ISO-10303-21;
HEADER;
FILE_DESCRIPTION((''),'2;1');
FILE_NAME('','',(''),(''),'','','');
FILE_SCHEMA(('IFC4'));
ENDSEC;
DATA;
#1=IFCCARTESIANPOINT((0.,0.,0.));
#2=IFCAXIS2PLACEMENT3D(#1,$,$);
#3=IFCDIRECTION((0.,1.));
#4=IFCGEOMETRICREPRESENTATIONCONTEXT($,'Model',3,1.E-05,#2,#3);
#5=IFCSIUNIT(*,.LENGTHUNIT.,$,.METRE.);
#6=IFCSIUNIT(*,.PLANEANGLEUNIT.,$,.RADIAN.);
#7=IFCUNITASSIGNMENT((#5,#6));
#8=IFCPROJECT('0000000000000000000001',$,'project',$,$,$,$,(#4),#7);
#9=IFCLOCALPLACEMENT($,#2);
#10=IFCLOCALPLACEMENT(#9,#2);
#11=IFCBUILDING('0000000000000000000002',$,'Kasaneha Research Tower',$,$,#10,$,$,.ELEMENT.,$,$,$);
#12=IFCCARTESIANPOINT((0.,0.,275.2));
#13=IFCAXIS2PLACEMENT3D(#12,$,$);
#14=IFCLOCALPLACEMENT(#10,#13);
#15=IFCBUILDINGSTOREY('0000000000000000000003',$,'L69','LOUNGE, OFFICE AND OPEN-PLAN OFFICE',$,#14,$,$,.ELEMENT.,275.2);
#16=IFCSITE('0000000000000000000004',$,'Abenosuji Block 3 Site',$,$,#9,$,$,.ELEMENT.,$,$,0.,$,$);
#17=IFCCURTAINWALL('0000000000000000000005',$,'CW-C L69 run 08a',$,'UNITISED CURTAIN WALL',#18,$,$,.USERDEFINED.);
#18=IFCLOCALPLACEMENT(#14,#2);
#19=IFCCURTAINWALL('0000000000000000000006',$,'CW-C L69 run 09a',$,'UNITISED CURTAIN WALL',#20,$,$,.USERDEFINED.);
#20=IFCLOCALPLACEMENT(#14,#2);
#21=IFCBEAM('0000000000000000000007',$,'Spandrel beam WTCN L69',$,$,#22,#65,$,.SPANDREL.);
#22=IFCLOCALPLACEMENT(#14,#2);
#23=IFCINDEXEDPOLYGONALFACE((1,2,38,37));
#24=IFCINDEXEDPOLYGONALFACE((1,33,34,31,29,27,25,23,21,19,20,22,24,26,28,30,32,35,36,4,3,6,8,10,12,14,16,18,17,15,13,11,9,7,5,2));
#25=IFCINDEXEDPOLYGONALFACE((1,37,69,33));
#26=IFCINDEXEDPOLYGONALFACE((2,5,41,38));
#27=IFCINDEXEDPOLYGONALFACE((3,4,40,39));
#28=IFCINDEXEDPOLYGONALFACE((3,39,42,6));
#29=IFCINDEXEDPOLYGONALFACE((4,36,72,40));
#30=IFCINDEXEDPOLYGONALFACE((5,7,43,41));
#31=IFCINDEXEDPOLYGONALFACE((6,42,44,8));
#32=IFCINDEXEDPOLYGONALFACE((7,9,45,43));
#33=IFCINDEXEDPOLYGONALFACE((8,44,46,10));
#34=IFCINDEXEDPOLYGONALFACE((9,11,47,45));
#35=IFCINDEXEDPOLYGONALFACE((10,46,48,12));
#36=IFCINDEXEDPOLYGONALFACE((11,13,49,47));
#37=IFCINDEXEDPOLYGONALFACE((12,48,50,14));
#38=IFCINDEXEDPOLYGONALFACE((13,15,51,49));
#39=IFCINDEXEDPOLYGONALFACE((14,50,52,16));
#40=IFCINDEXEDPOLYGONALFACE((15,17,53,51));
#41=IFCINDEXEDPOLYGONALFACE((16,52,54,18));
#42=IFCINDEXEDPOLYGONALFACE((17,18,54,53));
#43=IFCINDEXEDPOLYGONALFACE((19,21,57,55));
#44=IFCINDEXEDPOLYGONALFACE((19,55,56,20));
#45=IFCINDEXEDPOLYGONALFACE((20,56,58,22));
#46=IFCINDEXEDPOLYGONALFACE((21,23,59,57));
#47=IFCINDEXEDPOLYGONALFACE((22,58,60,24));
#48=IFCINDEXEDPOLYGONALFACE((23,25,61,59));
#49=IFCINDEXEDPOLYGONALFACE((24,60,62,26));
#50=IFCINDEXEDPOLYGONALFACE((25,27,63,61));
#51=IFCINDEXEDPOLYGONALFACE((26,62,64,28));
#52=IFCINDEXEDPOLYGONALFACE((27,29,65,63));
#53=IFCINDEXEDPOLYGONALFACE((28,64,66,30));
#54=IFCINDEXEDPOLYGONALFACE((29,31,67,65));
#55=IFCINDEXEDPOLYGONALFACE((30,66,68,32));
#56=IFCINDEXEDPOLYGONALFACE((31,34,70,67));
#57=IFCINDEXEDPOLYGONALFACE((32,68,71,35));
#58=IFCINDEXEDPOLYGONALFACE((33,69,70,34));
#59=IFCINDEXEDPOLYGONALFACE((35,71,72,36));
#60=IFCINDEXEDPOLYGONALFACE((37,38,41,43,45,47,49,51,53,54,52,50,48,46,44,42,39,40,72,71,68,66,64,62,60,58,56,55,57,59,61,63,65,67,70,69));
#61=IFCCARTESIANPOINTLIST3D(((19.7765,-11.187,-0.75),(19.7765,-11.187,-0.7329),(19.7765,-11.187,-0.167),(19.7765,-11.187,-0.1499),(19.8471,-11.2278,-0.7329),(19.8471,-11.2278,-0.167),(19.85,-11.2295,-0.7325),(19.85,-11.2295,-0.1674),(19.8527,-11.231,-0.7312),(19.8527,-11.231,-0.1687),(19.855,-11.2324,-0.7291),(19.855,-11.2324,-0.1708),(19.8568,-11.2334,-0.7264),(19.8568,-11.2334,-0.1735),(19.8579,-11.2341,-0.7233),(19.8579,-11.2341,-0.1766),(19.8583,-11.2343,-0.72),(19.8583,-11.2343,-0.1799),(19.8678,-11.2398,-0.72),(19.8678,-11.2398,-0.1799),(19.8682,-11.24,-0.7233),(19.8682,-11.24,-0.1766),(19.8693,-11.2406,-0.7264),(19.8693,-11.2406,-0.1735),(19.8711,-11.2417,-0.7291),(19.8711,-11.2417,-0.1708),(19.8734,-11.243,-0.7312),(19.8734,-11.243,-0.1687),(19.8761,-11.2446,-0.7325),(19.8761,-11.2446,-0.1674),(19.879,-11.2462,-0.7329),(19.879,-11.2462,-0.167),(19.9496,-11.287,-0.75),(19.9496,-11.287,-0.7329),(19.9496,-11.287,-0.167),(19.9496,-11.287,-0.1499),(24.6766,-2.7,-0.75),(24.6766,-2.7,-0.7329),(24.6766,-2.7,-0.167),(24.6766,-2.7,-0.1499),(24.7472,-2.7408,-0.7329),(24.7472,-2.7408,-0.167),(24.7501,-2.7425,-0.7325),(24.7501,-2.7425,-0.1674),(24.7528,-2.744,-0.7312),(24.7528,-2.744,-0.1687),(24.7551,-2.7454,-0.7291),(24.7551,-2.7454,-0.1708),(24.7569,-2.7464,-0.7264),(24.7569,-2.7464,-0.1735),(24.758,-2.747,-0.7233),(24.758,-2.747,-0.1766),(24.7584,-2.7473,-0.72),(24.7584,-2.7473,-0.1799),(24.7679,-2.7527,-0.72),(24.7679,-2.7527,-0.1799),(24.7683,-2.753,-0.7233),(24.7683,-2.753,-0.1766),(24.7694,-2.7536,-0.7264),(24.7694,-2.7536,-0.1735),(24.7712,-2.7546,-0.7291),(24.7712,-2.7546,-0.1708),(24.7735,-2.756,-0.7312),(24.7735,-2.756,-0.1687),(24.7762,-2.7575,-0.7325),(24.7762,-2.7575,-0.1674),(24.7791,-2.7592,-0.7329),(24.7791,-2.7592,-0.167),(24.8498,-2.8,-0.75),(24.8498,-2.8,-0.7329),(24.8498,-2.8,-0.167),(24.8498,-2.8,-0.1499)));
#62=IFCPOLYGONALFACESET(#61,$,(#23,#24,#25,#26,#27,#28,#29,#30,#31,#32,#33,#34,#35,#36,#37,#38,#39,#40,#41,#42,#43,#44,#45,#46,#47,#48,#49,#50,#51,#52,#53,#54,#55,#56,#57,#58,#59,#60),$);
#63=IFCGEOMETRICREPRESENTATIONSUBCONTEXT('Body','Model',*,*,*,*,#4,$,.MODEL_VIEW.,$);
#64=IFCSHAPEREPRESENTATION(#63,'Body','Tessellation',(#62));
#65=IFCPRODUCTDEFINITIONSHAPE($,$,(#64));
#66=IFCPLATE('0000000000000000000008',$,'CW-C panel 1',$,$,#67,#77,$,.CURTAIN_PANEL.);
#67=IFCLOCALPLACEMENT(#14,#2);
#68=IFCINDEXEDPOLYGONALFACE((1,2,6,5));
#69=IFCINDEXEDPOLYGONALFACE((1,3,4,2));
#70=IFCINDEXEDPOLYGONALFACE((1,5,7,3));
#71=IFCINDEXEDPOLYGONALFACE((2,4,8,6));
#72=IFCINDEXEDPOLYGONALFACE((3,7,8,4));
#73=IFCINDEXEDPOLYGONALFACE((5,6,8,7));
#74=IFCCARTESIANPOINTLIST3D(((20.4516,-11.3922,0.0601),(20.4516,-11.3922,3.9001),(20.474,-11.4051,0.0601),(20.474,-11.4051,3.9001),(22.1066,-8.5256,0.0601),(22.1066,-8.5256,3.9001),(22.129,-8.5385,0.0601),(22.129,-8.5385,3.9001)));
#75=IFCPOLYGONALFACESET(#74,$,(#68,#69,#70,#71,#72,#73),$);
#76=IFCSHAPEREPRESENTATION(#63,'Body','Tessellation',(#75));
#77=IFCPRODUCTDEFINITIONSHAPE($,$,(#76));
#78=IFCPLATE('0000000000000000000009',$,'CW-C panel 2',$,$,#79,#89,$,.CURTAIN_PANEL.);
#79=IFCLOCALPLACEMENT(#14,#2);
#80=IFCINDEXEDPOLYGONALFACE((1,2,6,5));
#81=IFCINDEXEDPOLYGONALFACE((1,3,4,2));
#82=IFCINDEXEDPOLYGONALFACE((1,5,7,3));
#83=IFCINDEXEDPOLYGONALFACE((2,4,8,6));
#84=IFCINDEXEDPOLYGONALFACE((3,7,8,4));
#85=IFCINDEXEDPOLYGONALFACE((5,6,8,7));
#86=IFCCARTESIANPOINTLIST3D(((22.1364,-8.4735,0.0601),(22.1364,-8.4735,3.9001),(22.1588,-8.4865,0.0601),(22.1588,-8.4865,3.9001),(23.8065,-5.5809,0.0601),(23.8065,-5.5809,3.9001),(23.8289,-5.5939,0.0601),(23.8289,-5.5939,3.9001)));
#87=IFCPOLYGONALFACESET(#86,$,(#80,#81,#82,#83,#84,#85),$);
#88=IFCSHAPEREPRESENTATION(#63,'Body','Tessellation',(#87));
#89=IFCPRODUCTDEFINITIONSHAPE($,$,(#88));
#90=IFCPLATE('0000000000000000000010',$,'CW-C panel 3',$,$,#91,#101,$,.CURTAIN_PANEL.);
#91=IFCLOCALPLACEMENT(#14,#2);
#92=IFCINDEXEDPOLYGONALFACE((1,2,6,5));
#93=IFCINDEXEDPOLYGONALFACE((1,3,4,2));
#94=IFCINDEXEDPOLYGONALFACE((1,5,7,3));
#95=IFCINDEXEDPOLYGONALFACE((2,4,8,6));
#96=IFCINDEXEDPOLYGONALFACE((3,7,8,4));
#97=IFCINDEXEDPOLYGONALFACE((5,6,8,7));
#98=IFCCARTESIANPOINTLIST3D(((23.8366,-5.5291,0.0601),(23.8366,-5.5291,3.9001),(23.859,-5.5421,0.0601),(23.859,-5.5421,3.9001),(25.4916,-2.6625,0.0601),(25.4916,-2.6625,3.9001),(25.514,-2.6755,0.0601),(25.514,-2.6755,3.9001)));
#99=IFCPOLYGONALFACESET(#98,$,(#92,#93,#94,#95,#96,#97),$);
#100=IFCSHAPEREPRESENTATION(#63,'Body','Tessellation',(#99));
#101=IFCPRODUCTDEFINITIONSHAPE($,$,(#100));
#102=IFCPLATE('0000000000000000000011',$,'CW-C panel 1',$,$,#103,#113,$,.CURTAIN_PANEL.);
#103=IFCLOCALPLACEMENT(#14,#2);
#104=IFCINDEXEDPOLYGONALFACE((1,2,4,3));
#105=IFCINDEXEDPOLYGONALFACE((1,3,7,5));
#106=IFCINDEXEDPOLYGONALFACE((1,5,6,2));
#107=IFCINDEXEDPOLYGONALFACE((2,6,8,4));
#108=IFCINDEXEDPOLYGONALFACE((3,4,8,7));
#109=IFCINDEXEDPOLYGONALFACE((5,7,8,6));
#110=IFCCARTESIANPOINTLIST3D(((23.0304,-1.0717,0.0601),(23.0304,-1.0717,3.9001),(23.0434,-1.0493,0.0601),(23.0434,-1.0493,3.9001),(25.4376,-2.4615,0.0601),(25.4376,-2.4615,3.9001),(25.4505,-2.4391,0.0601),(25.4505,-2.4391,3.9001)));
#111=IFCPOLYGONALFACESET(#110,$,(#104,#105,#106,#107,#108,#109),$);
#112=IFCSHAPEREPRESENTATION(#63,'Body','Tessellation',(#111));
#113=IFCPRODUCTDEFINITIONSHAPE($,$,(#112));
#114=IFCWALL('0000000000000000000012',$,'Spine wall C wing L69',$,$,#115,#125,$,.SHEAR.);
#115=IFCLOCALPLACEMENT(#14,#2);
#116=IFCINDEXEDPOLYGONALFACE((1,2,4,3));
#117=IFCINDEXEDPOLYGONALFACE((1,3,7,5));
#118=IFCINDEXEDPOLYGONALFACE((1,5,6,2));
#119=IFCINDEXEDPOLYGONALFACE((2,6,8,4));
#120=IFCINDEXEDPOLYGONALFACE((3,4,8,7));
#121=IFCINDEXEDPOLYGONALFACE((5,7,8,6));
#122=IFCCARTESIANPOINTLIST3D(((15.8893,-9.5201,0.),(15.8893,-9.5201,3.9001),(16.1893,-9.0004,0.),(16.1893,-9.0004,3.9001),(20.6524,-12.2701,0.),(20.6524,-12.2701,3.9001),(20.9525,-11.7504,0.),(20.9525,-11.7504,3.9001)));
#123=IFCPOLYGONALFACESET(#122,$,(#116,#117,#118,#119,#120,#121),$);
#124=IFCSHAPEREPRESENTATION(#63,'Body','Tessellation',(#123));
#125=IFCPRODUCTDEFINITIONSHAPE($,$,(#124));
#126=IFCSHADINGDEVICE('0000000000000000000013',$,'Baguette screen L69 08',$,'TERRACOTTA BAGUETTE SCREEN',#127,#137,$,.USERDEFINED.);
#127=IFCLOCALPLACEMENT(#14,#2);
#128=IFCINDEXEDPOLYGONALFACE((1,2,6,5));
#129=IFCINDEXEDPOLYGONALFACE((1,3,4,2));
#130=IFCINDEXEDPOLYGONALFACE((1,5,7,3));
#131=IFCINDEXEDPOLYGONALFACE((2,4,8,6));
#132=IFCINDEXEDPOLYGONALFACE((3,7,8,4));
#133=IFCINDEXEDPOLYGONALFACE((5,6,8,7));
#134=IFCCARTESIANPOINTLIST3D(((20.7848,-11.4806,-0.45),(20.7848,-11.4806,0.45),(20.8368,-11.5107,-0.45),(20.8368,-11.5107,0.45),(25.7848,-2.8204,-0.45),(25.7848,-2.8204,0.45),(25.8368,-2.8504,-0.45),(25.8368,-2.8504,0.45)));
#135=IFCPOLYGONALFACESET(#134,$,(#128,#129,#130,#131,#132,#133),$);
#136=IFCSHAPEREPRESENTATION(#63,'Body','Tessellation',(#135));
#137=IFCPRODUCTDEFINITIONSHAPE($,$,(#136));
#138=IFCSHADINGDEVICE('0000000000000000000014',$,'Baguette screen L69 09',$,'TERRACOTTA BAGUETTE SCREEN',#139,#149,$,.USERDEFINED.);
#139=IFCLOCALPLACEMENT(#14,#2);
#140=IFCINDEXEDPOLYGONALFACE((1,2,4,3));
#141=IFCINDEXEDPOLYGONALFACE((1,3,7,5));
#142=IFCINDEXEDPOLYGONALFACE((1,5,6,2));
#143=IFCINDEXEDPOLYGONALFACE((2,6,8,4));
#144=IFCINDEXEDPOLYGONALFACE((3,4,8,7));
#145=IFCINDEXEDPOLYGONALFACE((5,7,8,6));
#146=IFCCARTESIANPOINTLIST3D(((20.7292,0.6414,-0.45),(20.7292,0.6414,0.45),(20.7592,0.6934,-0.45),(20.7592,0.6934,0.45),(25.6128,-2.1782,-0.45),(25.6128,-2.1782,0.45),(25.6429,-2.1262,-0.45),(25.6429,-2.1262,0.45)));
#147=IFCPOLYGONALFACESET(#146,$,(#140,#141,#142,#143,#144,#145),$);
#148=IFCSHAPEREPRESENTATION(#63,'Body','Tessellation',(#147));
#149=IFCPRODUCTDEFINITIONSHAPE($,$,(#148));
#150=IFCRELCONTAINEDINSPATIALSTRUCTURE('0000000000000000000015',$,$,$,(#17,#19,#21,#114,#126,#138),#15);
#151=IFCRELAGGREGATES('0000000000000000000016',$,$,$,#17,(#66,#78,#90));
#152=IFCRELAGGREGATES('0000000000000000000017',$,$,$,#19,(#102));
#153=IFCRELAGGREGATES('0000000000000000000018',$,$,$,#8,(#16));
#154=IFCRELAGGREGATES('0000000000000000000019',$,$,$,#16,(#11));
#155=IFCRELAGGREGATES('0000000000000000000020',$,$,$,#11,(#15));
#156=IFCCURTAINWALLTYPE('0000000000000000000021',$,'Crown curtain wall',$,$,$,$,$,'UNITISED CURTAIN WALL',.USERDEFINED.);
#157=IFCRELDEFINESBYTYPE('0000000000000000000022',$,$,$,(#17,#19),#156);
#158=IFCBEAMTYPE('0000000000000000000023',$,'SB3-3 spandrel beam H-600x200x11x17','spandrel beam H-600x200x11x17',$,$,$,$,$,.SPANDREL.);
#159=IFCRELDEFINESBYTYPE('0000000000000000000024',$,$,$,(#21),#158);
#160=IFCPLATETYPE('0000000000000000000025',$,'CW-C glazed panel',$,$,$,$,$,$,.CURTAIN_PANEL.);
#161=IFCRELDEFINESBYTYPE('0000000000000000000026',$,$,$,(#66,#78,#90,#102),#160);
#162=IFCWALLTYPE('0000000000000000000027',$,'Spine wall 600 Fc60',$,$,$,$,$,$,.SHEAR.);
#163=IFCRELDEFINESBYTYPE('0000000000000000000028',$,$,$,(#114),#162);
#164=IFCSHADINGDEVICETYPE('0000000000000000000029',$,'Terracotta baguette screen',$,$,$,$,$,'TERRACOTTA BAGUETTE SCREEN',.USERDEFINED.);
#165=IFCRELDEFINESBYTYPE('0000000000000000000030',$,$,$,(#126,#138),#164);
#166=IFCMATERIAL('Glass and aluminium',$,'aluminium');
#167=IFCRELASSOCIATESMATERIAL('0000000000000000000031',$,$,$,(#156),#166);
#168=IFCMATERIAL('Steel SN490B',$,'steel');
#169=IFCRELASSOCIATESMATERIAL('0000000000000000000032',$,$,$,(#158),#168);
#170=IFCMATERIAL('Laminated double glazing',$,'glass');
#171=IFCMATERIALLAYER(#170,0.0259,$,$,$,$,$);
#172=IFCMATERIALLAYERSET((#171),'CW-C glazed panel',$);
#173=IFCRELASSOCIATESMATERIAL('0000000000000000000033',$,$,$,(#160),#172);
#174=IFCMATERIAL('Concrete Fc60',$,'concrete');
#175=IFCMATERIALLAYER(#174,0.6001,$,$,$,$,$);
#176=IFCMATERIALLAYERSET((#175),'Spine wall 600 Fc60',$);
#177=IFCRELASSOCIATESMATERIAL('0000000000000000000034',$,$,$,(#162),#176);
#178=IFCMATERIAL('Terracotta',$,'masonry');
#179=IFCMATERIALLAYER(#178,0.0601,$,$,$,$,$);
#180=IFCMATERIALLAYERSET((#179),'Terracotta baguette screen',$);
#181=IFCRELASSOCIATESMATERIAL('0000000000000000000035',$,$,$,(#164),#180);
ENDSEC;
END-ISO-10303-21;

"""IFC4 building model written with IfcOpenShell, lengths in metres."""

from ifc_helpers import new_model, si_unit, direction, frame, frame_2d, origin, origin_2d, place, context, subcontext, project, spatial, rectangle, i_section, extrude, material, layer, layer_set, material_profile, profile_set, type_object, element, aggregate, save


model = new_model("IFC4")

# Units and contexts
model_context = context("Model", 3, precision=1e-05, world=origin(), true_north=direction((0.0, 1.0)))
body_context = subcontext(model_context, "Body", "Model", "MODEL_VIEW")
ifc_project = project(units=[si_unit("LENGTHUNIT", "METRE"), si_unit("PLANEANGLEUNIT", "RADIAN")], contexts=[model_context])

# Site, building, storey
site_placement = place(None, origin())
site = spatial("IfcSite", under=ifc_project, at=site_placement, Name="Abenosuji Block 3 Site", CompositionType="ELEMENT", RefElevation=0.0)
building_placement = place(site_placement, origin())
building = spatial("IfcBuilding", under=site, at=building_placement, Name="Kasaneha Research Tower", CompositionType="ELEMENT")
storey_placement = place(building_placement, frame((0.0, 0.0, 275.2)))
storey = spatial("IfcBuildingStorey", under=building, at=storey_placement, Name="L69", Description="LOUNGE, OFFICE AND OPEN-PLAN OFFICE", CompositionType="ELEMENT", Elevation=275.2)

# Curtain walls
ifc_material_1 = material(Name="Glass and aluminium", Category="aluminium")
curtain_wall_type = type_object("IfcCurtainWallType", Name="Crown curtain wall", ElementType="UNITISED CURTAIN WALL", PredefinedType="USERDEFINED", material=ifc_material_1)
curtain_wall_1_placement = place(storey_placement, origin())
curtain_wall_1 = element("IfcCurtainWall", 1, at=curtain_wall_1_placement, inside=storey, type_object=curtain_wall_type, Name="CW-C L69 run 08a", ObjectType="UNITISED CURTAIN WALL", PredefinedType="USERDEFINED")
curtain_wall_2_placement = place(storey_placement, origin())
curtain_wall_2 = element("IfcCurtainWall", 2, at=curtain_wall_2_placement, inside=storey, type_object=curtain_wall_type, Name="CW-C L69 run 09a", ObjectType="UNITISED CURTAIN WALL", PredefinedType="USERDEFINED")

# Beam
ifc_material_2 = material(Name="Steel SN490B", Category="steel")
ifc_material_profile_1 = material_profile(ifc_material_2, i_section(OverallWidth=0.2, OverallDepth=0.6001, WebThickness=0.011, FlangeThickness=0.0171, FilletRadius=0.0129, at=origin_2d()), Name="H-600x200x11x17")
ifc_profile_set_1 = profile_set([ifc_material_profile_1], Name="Steel SN490B")
beam_type_1 = type_object("IfcBeamType", Name="SB3-3 spandrel beam H-600x200x11x17", Description="spandrel beam H-600x200x11x17", PredefinedType="SPANDREL", material=ifc_profile_set_1)
beam_1_placement = place(storey_placement, frame((24.7632, -2.75, -0.45), z_axis=(-0.500011, -0.866019, 0.0), x_axis=(0.866019, -0.500011, 0.0)))
element("IfcBeam", 3, at=beam_1_placement, inside=storey, type_object=beam_type_1, Name="Spandrel beam WTCN L69", PredefinedType="SPANDREL", context=body_context, shape_type="SweptSolid", body=[
    extrude(i_section(OverallWidth=0.2, OverallDepth=0.6001, WebThickness=0.011, FlangeThickness=0.0171, FilletRadius=0.0129, at=origin_2d()), origin(), (0.0, 0.0, 1.0), 9.8),
])

# Plates
ifc_material_3 = material(Name="Laminated double glazing", Category="glass")
ifc_layer_1 = layer(ifc_material_3, 0.0259)
ifc_layer_set_1 = layer_set([ifc_layer_1], Name="CW-C glazed panel")
plate_type = type_object("IfcPlateType", Name="CW-C glazed panel", PredefinedType="CURTAIN_PANEL", material=ifc_layer_set_1)
plate_1_placement = place(storey_placement, frame((21.2903, -9.9653, 0.0601), z_axis=(0.0, 0.0, 1.0), x_axis=(0.5, 0.866025, 0.0)))
plate_1 = element("IfcPlate", 4, at=plate_1_placement, type_object=plate_type, Name="CW-C panel 1", PredefinedType="CURTAIN_PANEL", context=body_context, shape_type="SweptSolid", body=[
    extrude(rectangle(XDim=3.3101, YDim=0.0259, at=origin_2d()), origin(), (0.0, 0.0, 1.0), 3.8401),
])
plate_2_placement = place(storey_placement, frame((22.9827, -7.0337, 0.0601), z_axis=(0.0, 0.0, 1.0), x_axis=(0.5, 0.866025, 0.0)))
plate_2 = element("IfcPlate", 5, at=plate_2_placement, type_object=plate_type, Name="CW-C panel 2", PredefinedType="CURTAIN_PANEL", context=body_context, shape_type="SweptSolid", body=[
    extrude(rectangle(XDim=3.3401, YDim=0.0259, at=origin_2d()), origin(), (0.0, 0.0, 1.0), 3.8401),
])
plate_3_placement = place(storey_placement, frame((24.6753, -4.1023, 0.0601), z_axis=(0.0, 0.0, 1.0), x_axis=(0.5, 0.866025, 0.0)))
plate_3 = element("IfcPlate", 6, at=plate_3_placement, type_object=plate_type, Name="CW-C panel 3", PredefinedType="CURTAIN_PANEL", context=body_context, shape_type="SweptSolid", body=[
    extrude(rectangle(XDim=3.3101, YDim=0.0259, at=origin_2d()), origin(), (0.0, 0.0, 1.0), 3.8401),
])
aggregate(curtain_wall_1, [plate_1, plate_2, plate_3])
plate_4_placement = place(storey_placement, frame((24.2405, -1.7554, 0.0601), z_axis=(0.0, 0.0, 1.0), x_axis=(-0.866025, 0.5, 0.0)))
plate_4 = element("IfcPlate", 7, at=plate_4_placement, type_object=plate_type, Name="CW-C panel 1", PredefinedType="CURTAIN_PANEL", context=body_context, shape_type="SweptSolid", body=[
    extrude(rectangle(XDim=2.7795, YDim=0.0259, at=origin_2d()), origin(), (0.0, 0.0, 1.0), 3.8401),
])
aggregate(curtain_wall_2, [plate_4])

# Wall
ifc_material_4 = material(Name="Concrete Fc60", Category="concrete")
ifc_layer_2 = layer(ifc_material_4, 0.6001)
ifc_layer_set_2 = layer_set([ifc_layer_2], Name="Spine wall 600 Fc60")
wall_type = type_object("IfcWallType", Name="Spine wall 600 Fc60", PredefinedType="SHEAR", material=ifc_layer_set_2)
wall_placement = place(storey_placement, frame((16.0393, -9.2603, 0.0), z_axis=(0.0, 0.0, 1.0), x_axis=(0.866027, -0.499997, 0.0)))
element("IfcWall", 8, at=wall_placement, inside=storey, type_object=wall_type, Name="Spine wall C wing L69", PredefinedType="SHEAR", context=body_context, shape_type="SweptSolid", body=[
    extrude(rectangle(XDim=5.5, YDim=0.6001, at=frame_2d((2.75, 0.0))), origin(), (0.0, 0.0, 1.0), 3.9001),
])

# Shading devices
ifc_material_5 = material(Name="Terracotta", Category="masonry")
ifc_layer_3 = layer(ifc_material_5, 0.0601)
ifc_layer_set_3 = layer_set([ifc_layer_3], Name="Terracotta baguette screen")
shading_device_type = type_object("IfcShadingDeviceType", Name="Terracotta baguette screen", ElementType="TERRACOTTA BAGUETTE SCREEN", PredefinedType="USERDEFINED", material=ifc_layer_set_3)
shading_device_1_placement = place(storey_placement, frame((23.3108, -7.1655, -0.45), z_axis=(0.0, 0.0, 1.0), x_axis=(0.5, 0.866025, 0.0)))
element("IfcShadingDevice", 9, at=shading_device_1_placement, inside=storey, type_object=shading_device_type, Name="Baguette screen L69 08", ObjectType="TERRACOTTA BAGUETTE SCREEN", PredefinedType="USERDEFINED", context=body_context, shape_type="SweptSolid", body=[
    extrude(rectangle(XDim=10.0, YDim=0.0601, at=origin_2d()), origin(), (0.0, 0.0, 1.0), 0.8999),
])
shading_device_2_placement = place(storey_placement, frame((23.186, -0.7424, -0.45), z_axis=(0.0, 0.0, 1.0), x_axis=(-0.866025, 0.5, 0.0)))
element("IfcShadingDevice", 10, at=shading_device_2_placement, inside=storey, type_object=shading_device_type, Name="Baguette screen L69 09", ObjectType="TERRACOTTA BAGUETTE SCREEN", PredefinedType="USERDEFINED", context=body_context, shape_type="SweptSolid", body=[
    extrude(rectangle(XDim=5.6392, YDim=0.0601, at=origin_2d()), origin(), (0.0, 0.0, 1.0), 0.8999),
])

save(model, "model.ifc")
